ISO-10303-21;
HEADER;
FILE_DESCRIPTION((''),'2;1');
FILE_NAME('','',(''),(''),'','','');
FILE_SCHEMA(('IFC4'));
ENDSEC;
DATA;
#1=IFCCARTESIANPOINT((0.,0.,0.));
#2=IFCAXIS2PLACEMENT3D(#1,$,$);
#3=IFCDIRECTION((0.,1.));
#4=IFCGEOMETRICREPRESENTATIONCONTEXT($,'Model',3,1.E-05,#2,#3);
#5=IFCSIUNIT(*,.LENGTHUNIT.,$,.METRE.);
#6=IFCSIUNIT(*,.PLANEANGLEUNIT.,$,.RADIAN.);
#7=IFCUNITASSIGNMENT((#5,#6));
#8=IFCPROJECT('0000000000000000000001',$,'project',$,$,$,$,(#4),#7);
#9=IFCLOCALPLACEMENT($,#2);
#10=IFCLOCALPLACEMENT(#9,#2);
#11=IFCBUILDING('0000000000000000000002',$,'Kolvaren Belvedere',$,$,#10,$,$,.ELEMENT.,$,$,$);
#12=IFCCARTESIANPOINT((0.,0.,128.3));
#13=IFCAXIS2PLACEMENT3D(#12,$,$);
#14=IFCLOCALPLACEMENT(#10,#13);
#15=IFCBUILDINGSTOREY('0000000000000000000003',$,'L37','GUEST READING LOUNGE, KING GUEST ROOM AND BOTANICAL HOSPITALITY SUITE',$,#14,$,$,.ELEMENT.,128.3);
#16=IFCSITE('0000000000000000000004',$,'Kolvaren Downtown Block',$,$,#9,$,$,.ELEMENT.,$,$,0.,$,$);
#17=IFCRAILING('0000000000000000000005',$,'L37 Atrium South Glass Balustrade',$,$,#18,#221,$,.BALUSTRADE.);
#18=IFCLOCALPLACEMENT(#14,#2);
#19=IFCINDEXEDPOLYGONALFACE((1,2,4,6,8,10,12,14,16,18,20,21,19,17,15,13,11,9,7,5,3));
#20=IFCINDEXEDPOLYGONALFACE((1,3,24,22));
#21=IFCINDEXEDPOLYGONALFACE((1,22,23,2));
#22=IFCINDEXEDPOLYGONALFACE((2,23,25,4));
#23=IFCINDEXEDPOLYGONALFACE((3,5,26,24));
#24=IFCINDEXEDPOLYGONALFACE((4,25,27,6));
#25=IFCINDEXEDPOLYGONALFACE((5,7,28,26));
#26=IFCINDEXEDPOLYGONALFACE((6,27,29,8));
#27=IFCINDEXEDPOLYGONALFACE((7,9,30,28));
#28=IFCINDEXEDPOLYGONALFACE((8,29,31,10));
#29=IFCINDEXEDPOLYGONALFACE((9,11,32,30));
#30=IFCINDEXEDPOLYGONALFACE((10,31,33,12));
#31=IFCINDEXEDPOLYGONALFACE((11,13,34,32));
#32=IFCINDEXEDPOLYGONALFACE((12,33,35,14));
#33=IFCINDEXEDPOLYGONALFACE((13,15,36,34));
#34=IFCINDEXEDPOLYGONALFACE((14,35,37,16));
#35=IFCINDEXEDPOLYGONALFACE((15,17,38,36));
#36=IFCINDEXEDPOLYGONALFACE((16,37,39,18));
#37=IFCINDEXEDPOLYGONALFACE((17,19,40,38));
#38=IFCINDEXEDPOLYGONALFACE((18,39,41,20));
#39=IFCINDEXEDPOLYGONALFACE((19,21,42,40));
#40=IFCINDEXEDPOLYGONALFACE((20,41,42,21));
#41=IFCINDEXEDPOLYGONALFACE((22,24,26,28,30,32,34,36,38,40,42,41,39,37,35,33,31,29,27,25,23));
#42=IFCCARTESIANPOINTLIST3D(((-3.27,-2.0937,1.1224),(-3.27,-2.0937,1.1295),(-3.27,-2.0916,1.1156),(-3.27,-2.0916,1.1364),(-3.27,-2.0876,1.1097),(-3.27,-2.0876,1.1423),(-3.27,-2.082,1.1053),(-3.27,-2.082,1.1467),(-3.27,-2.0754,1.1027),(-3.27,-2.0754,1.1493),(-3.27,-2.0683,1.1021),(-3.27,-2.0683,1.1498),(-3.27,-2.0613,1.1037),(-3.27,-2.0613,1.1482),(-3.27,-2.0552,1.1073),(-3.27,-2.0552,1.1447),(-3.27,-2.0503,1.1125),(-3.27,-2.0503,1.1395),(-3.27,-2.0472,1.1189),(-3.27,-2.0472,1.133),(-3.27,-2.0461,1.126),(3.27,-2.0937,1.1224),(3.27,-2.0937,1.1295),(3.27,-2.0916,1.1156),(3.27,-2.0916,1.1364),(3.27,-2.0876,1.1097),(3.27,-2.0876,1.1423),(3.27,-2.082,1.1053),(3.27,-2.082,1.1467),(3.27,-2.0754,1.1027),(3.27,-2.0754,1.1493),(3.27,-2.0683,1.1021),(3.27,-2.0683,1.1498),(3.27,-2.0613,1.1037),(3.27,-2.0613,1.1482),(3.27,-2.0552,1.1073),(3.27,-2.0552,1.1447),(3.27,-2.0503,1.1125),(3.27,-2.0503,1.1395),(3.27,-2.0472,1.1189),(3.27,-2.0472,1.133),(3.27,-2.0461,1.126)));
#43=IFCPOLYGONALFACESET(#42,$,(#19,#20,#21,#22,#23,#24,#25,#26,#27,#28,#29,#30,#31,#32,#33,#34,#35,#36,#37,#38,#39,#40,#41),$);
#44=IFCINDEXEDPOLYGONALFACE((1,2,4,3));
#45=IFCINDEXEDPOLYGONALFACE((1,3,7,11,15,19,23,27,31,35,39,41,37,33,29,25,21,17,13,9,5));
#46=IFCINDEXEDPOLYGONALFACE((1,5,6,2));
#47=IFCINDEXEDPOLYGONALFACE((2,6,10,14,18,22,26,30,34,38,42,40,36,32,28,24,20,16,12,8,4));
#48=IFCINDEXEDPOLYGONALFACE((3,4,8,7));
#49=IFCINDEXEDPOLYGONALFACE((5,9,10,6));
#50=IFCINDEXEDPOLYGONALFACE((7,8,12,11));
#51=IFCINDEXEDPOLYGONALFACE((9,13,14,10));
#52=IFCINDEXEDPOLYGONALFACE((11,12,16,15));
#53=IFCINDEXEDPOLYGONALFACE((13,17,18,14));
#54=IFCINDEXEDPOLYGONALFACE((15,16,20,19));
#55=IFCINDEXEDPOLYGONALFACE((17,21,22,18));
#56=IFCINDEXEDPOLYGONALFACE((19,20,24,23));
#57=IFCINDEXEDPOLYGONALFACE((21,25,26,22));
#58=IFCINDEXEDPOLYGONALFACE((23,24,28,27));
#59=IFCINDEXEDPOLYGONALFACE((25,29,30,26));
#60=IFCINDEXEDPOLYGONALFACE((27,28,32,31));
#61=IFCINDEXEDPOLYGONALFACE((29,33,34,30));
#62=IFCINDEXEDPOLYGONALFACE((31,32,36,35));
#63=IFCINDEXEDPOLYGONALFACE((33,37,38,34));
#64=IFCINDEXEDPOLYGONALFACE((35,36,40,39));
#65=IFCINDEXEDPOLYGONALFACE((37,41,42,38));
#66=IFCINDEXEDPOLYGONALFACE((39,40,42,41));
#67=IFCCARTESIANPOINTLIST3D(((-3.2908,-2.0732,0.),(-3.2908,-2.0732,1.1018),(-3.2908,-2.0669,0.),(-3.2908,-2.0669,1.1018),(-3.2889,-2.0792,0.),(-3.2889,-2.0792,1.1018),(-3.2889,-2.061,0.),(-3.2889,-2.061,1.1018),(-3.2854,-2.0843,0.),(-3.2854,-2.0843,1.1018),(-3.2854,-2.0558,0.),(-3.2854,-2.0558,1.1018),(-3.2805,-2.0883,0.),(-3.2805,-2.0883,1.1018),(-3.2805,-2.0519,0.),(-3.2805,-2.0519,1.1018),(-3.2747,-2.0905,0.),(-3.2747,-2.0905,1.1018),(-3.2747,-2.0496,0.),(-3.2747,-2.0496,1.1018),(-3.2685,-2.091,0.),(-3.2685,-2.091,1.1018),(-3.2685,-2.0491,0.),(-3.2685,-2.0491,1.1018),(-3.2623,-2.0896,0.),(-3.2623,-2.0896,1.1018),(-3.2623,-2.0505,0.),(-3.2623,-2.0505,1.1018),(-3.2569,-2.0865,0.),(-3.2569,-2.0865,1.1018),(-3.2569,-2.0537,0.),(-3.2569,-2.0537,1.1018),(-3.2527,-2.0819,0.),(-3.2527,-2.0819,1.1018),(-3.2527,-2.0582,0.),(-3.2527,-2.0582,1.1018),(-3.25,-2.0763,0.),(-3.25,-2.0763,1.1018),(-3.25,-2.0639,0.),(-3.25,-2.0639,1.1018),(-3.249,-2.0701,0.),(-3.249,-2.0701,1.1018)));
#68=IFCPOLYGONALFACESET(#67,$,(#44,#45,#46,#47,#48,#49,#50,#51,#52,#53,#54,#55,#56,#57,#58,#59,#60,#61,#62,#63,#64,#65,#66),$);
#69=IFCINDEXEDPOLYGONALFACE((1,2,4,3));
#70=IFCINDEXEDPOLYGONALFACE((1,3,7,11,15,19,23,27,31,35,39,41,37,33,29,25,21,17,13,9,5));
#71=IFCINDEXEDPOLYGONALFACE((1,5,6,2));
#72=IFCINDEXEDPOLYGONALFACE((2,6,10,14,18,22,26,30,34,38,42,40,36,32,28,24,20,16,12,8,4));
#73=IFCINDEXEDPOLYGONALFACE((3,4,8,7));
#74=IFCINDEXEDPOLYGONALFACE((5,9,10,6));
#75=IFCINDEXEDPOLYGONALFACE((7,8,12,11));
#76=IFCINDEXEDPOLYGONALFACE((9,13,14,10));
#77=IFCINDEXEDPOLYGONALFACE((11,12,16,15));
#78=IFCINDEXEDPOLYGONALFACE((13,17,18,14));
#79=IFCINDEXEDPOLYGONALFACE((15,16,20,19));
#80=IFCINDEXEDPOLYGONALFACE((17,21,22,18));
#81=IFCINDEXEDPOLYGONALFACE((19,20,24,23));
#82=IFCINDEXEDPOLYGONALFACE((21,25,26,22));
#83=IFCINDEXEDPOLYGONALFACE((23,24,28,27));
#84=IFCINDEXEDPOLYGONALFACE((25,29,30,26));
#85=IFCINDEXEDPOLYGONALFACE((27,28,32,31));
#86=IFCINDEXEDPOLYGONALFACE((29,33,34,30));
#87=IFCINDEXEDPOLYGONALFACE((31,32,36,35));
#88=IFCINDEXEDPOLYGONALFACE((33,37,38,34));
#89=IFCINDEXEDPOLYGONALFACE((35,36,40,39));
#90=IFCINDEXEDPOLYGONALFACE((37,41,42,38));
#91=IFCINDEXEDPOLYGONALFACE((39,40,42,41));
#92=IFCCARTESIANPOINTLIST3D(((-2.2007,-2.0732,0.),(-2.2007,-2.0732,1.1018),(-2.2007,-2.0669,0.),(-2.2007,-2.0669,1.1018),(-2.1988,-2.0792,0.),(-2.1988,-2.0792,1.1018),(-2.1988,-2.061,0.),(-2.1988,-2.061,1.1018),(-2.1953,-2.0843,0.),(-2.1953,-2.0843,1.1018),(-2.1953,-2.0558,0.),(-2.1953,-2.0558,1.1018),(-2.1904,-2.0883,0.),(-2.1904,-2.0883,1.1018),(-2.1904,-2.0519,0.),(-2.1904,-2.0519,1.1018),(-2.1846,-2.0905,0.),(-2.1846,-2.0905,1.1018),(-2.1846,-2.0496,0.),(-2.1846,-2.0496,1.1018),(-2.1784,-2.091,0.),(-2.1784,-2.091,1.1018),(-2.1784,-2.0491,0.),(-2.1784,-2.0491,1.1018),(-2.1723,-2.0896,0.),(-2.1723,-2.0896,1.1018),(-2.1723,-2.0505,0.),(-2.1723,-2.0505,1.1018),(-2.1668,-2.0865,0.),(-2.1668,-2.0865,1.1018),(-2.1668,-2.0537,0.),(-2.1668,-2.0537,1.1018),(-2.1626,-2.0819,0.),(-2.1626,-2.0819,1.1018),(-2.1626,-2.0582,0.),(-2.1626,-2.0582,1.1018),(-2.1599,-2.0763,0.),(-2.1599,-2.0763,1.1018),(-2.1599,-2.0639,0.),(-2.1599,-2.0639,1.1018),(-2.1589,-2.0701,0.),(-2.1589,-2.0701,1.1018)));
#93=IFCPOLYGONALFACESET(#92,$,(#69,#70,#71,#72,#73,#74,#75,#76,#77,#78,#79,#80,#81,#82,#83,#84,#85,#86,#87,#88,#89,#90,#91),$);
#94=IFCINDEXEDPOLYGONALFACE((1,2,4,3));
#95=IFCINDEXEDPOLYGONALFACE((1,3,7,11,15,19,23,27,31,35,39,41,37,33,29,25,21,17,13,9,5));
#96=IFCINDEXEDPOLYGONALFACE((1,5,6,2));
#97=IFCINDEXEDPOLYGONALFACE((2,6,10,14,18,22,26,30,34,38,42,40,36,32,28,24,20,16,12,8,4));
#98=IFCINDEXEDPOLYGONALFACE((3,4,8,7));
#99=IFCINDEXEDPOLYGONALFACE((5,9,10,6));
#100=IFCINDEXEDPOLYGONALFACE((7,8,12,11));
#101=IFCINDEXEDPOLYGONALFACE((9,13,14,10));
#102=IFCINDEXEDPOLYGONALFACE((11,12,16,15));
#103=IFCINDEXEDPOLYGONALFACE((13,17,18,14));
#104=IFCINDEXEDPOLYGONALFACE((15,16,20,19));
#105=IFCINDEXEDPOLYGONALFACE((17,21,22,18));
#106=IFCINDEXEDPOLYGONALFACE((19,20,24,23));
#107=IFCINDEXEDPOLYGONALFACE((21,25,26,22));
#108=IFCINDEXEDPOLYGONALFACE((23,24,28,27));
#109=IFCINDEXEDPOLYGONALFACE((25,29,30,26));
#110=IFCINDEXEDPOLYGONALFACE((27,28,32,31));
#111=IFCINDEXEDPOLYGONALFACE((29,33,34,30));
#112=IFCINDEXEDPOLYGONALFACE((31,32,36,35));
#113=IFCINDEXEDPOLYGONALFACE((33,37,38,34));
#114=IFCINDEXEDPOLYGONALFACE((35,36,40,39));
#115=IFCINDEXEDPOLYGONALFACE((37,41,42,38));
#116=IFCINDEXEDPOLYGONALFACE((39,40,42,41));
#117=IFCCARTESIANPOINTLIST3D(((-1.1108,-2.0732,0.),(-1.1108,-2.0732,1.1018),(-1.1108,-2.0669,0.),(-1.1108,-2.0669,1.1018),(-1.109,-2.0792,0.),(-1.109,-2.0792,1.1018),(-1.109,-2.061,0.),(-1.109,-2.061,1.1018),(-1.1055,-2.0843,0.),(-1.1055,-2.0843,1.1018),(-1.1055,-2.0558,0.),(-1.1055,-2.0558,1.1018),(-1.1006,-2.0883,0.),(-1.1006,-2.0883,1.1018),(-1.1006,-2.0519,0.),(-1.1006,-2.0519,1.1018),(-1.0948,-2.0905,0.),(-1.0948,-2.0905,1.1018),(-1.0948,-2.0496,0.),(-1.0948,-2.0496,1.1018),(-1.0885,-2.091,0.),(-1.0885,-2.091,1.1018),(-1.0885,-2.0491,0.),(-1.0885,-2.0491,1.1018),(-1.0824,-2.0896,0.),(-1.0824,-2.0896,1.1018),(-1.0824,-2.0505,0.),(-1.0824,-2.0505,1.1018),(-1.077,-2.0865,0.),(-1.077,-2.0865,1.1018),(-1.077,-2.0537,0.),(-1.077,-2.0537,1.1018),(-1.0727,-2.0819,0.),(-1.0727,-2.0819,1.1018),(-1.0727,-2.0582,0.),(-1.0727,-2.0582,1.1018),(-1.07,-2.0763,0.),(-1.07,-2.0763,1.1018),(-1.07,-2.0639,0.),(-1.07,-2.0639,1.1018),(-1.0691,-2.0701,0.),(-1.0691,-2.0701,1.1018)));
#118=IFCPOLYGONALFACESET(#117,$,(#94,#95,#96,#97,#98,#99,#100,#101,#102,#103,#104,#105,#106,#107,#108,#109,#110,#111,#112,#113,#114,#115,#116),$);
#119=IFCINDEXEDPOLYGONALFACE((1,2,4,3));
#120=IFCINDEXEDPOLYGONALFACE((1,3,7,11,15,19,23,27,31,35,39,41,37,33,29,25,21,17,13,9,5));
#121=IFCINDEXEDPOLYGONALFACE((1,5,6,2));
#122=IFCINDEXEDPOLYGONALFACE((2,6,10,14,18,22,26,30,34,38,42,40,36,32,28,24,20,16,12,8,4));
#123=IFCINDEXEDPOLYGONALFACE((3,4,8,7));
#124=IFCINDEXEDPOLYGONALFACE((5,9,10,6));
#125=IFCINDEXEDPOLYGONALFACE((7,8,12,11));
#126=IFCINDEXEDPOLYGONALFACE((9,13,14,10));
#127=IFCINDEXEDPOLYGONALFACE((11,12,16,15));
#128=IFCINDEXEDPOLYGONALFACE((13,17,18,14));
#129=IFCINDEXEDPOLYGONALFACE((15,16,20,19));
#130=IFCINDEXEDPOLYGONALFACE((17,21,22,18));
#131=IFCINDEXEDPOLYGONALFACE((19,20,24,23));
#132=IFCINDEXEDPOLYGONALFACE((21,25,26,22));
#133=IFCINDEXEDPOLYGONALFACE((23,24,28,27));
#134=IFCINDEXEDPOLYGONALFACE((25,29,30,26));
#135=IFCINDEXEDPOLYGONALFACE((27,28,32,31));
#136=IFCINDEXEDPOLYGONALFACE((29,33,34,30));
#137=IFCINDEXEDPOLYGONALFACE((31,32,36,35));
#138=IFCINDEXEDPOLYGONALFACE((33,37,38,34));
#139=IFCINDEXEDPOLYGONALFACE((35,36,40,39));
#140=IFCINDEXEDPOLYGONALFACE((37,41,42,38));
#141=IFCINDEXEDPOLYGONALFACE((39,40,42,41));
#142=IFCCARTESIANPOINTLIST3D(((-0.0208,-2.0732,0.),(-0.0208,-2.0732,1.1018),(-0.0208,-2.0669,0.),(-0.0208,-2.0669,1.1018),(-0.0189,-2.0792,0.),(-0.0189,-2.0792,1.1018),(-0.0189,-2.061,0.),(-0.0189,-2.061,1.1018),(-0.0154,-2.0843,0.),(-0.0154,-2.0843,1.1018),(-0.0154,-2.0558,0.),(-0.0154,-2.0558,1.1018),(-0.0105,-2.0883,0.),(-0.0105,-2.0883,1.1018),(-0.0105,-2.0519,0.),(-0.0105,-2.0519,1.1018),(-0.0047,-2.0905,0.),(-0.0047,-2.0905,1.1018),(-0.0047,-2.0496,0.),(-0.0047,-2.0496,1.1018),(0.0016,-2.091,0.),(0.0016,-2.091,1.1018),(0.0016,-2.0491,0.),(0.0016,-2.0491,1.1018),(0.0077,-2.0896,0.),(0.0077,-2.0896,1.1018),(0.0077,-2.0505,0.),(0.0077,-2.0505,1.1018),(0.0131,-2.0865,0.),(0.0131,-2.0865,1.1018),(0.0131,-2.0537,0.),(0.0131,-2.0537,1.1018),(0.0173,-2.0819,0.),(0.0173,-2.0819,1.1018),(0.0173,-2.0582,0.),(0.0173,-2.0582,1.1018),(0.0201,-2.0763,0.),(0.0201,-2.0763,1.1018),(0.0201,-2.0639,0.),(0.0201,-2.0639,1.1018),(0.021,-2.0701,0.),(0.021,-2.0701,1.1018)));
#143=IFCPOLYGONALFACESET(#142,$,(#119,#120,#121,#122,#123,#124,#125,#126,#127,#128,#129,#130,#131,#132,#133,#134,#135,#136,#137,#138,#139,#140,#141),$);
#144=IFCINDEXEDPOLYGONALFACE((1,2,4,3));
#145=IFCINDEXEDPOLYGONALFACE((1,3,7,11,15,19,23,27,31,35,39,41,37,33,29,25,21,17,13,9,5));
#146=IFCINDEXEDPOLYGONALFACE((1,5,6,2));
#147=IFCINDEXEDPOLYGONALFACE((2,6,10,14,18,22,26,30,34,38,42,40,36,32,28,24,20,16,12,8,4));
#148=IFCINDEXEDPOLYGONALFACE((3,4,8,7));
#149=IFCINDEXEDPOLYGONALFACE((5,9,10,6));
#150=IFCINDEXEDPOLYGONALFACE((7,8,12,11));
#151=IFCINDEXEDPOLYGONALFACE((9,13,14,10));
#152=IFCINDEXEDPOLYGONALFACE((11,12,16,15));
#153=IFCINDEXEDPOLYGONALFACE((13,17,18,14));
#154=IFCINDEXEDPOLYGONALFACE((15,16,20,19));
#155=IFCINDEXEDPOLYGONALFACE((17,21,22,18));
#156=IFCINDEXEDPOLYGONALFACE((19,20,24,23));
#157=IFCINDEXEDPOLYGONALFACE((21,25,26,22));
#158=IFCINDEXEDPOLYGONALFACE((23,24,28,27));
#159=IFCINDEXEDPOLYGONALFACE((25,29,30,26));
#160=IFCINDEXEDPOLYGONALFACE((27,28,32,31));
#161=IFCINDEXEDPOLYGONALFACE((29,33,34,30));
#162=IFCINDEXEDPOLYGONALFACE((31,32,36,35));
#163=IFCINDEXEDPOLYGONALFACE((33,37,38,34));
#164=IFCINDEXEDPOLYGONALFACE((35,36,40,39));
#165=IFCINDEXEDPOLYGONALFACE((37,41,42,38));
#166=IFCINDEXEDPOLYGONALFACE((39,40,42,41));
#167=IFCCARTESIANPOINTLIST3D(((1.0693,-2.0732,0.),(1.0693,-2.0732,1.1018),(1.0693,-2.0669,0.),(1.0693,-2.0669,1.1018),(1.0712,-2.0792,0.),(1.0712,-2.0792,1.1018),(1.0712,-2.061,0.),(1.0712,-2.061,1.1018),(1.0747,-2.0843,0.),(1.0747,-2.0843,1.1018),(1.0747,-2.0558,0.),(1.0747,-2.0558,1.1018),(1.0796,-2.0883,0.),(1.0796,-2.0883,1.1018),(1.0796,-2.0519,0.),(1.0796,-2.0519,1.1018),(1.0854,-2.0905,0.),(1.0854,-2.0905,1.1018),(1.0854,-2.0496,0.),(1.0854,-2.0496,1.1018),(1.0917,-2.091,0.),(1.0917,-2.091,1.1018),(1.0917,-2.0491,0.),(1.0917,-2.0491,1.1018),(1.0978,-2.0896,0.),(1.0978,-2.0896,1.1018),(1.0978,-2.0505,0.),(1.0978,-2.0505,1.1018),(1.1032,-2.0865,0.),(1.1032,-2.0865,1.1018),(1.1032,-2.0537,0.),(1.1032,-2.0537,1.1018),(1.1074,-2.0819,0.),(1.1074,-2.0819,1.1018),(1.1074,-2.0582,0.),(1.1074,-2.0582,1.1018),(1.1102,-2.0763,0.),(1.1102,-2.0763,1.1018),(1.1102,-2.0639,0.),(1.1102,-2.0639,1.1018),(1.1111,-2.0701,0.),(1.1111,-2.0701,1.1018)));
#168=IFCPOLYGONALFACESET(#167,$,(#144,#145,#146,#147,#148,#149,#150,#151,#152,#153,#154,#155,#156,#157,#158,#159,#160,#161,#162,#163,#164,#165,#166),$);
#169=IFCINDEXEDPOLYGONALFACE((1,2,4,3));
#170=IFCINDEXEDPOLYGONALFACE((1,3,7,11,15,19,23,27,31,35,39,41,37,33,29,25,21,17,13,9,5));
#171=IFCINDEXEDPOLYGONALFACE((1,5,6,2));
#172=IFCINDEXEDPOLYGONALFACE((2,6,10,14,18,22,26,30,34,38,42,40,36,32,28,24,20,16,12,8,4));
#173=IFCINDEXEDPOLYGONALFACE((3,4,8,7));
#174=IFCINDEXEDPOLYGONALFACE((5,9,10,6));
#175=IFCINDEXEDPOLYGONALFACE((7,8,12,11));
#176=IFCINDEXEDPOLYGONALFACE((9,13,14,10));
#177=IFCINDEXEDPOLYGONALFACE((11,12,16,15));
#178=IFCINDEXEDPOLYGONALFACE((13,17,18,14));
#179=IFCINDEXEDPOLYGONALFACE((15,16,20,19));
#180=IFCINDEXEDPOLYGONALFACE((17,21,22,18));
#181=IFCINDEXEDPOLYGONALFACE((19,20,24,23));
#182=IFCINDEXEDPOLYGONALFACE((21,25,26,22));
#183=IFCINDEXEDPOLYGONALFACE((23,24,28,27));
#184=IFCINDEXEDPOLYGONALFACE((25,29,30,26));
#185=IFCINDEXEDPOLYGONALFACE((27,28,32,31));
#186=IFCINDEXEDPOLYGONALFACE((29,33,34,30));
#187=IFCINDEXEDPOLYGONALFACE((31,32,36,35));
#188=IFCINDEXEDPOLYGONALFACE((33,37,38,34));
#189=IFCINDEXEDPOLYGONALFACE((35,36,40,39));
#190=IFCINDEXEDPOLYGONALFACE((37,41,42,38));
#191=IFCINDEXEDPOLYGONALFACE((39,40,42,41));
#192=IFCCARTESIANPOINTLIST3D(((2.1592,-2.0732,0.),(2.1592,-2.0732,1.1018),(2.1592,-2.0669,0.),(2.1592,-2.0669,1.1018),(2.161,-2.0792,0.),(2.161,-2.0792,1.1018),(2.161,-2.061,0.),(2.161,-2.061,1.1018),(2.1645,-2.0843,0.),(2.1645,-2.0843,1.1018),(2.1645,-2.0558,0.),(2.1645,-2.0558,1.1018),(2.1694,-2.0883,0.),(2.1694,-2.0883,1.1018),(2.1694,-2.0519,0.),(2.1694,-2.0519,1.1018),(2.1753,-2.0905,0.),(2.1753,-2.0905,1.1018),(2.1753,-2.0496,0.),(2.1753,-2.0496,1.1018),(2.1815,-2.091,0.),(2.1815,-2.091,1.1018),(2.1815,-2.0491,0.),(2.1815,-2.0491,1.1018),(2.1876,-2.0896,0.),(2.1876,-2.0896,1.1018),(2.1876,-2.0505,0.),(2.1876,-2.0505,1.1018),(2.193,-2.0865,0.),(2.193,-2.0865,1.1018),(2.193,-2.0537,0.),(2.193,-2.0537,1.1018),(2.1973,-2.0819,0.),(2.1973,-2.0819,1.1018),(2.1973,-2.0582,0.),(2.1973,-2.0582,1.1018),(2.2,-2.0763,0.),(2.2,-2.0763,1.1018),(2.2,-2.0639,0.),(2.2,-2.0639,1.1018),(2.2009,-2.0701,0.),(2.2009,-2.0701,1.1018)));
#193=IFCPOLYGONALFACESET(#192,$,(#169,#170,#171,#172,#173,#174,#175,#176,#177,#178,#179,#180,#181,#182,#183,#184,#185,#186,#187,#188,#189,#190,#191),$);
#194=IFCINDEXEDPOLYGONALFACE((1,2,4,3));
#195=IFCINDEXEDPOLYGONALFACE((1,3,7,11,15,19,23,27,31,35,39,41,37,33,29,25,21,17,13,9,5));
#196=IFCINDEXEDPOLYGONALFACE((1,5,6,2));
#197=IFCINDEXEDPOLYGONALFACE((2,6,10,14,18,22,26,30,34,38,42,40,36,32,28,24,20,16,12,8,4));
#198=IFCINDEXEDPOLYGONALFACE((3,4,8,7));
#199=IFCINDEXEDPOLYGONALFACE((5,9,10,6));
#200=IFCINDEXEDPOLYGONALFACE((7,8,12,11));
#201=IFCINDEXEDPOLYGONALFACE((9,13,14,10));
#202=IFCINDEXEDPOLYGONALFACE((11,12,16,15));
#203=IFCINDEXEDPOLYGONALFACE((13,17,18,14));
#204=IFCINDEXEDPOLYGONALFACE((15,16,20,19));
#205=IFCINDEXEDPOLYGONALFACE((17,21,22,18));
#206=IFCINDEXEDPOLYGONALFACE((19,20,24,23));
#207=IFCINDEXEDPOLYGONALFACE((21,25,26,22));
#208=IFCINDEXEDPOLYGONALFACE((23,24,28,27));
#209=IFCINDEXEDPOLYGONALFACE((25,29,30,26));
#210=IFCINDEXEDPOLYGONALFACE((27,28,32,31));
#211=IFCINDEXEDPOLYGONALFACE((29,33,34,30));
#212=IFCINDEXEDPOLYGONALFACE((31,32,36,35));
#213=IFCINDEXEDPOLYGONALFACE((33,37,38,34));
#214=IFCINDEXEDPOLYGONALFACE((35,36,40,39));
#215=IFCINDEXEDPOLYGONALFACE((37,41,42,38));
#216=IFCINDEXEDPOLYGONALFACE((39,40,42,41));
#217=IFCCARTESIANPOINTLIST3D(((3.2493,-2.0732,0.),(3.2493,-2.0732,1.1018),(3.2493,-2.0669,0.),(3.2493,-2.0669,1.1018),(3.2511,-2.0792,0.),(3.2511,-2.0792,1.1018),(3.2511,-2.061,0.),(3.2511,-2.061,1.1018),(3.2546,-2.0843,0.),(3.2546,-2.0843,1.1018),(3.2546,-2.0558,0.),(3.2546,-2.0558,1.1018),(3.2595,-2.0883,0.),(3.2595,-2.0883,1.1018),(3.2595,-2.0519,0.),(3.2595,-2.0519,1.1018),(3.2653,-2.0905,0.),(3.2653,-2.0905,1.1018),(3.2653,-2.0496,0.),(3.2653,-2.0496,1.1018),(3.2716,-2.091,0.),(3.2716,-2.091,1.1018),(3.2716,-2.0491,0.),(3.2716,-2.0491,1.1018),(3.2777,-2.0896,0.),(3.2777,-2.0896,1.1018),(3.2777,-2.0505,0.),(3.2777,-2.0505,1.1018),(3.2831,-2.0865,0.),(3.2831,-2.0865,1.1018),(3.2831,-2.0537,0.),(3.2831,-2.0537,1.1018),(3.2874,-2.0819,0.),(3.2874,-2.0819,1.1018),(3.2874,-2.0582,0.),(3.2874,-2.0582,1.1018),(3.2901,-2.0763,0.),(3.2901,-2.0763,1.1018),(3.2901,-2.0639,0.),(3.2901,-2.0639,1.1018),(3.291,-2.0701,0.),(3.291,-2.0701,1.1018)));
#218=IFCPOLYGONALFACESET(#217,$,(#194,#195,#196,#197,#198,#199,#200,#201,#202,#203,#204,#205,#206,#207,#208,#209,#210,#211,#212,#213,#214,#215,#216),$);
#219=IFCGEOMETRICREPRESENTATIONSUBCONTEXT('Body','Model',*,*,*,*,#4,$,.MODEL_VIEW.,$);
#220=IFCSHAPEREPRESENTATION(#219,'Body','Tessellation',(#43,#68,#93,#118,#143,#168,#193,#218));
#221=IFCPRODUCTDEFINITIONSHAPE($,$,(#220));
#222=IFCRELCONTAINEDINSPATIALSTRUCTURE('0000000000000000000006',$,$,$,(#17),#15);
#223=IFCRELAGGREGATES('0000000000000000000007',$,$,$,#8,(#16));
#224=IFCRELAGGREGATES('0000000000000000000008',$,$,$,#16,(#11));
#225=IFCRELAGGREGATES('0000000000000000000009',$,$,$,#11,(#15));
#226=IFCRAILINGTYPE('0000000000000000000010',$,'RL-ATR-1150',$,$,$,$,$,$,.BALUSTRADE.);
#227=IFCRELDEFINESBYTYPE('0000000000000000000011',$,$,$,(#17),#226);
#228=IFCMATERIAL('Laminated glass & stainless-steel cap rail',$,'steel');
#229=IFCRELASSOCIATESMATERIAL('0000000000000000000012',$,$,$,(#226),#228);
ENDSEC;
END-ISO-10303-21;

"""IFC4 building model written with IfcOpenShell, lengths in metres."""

from ifc_helpers import new_model, si_unit, direction, frame, origin, origin_2d, place, context, subcontext, project, spatial, circle, extrude, material, type_object, element, save


model = new_model("IFC4")

# Units and contexts
model_context = context("Model", 3, precision=1e-05, world=origin(), true_north=direction((0.0, 1.0)))
body_context = subcontext(model_context, "Body", "Model", "MODEL_VIEW")
ifc_project = project(units=[si_unit("LENGTHUNIT", "METRE"), si_unit("PLANEANGLEUNIT", "RADIAN")], contexts=[model_context])

# Site, building, storey
site_placement = place(None, origin())
site = spatial("IfcSite", under=ifc_project, at=site_placement, Name="Kolvaren Downtown Block", CompositionType="ELEMENT", RefElevation=0.0)
building_placement = place(site_placement, origin())
building = spatial("IfcBuilding", under=site, at=building_placement, Name="Kolvaren Belvedere", CompositionType="ELEMENT")
storey_placement = place(building_placement, frame((0.0, 0.0, 128.3)))
storey = spatial("IfcBuildingStorey", under=building, at=storey_placement, Name="L37", Description="GUEST READING LOUNGE, KING GUEST ROOM AND BOTANICAL HOSPITALITY SUITE", CompositionType="ELEMENT", Elevation=128.3)

# Railing
ifc_material_1 = material(Name="Laminated glass & stainless-steel cap rail", Category="steel")
railing_type_1 = type_object("IfcRailingType", Name="RL-ATR-1150", PredefinedType="BALUSTRADE", material=ifc_material_1)
railing_1_placement = place(storey_placement, frame((-3.27, -2.0701, 0.0)))
element("IfcRailing", 1, at=railing_1_placement, inside=storey, type_object=railing_type_1, Name="L37 Atrium South Glass Balustrade", PredefinedType="BALUSTRADE", context=body_context, shape_type="SweptSolid", body=[
    extrude(circle(Radius=0.0239, at=origin_2d()), frame((0.0, 0.0, 1.126), z_axis=(1.0, 0.0, 0.0), x_axis=(0.0, 1.0, 0.0)), (0.0, 0.0, 1.0), 6.54),
    extrude(circle(Radius=0.021, at=origin_2d()), origin(), (0.0, 0.0, 1.0), 1.1018),
    extrude(circle(Radius=0.021, at=origin_2d()), frame((1.0901, 0.0, 0.0)), (0.0, 0.0, 1.0), 1.1018),
    extrude(circle(Radius=0.021, at=origin_2d()), frame((2.1799, 0.0, 0.0)), (0.0, 0.0, 1.0), 1.1018),
    extrude(circle(Radius=0.021, at=origin_2d()), frame((3.27, 0.0, 0.0)), (0.0, 0.0, 1.0), 1.1018),
    extrude(circle(Radius=0.021, at=origin_2d()), frame((4.3601, 0.0, 0.0)), (0.0, 0.0, 1.0), 1.1018),
    extrude(circle(Radius=0.021, at=origin_2d()), frame((5.45, 0.0, 0.0)), (0.0, 0.0, 1.0), 1.1018),
    extrude(circle(Radius=0.021, at=origin_2d()), frame((6.54, 0.0, 0.0)), (0.0, 0.0, 1.0), 1.1018),
])

save(model, "model.ifc")
